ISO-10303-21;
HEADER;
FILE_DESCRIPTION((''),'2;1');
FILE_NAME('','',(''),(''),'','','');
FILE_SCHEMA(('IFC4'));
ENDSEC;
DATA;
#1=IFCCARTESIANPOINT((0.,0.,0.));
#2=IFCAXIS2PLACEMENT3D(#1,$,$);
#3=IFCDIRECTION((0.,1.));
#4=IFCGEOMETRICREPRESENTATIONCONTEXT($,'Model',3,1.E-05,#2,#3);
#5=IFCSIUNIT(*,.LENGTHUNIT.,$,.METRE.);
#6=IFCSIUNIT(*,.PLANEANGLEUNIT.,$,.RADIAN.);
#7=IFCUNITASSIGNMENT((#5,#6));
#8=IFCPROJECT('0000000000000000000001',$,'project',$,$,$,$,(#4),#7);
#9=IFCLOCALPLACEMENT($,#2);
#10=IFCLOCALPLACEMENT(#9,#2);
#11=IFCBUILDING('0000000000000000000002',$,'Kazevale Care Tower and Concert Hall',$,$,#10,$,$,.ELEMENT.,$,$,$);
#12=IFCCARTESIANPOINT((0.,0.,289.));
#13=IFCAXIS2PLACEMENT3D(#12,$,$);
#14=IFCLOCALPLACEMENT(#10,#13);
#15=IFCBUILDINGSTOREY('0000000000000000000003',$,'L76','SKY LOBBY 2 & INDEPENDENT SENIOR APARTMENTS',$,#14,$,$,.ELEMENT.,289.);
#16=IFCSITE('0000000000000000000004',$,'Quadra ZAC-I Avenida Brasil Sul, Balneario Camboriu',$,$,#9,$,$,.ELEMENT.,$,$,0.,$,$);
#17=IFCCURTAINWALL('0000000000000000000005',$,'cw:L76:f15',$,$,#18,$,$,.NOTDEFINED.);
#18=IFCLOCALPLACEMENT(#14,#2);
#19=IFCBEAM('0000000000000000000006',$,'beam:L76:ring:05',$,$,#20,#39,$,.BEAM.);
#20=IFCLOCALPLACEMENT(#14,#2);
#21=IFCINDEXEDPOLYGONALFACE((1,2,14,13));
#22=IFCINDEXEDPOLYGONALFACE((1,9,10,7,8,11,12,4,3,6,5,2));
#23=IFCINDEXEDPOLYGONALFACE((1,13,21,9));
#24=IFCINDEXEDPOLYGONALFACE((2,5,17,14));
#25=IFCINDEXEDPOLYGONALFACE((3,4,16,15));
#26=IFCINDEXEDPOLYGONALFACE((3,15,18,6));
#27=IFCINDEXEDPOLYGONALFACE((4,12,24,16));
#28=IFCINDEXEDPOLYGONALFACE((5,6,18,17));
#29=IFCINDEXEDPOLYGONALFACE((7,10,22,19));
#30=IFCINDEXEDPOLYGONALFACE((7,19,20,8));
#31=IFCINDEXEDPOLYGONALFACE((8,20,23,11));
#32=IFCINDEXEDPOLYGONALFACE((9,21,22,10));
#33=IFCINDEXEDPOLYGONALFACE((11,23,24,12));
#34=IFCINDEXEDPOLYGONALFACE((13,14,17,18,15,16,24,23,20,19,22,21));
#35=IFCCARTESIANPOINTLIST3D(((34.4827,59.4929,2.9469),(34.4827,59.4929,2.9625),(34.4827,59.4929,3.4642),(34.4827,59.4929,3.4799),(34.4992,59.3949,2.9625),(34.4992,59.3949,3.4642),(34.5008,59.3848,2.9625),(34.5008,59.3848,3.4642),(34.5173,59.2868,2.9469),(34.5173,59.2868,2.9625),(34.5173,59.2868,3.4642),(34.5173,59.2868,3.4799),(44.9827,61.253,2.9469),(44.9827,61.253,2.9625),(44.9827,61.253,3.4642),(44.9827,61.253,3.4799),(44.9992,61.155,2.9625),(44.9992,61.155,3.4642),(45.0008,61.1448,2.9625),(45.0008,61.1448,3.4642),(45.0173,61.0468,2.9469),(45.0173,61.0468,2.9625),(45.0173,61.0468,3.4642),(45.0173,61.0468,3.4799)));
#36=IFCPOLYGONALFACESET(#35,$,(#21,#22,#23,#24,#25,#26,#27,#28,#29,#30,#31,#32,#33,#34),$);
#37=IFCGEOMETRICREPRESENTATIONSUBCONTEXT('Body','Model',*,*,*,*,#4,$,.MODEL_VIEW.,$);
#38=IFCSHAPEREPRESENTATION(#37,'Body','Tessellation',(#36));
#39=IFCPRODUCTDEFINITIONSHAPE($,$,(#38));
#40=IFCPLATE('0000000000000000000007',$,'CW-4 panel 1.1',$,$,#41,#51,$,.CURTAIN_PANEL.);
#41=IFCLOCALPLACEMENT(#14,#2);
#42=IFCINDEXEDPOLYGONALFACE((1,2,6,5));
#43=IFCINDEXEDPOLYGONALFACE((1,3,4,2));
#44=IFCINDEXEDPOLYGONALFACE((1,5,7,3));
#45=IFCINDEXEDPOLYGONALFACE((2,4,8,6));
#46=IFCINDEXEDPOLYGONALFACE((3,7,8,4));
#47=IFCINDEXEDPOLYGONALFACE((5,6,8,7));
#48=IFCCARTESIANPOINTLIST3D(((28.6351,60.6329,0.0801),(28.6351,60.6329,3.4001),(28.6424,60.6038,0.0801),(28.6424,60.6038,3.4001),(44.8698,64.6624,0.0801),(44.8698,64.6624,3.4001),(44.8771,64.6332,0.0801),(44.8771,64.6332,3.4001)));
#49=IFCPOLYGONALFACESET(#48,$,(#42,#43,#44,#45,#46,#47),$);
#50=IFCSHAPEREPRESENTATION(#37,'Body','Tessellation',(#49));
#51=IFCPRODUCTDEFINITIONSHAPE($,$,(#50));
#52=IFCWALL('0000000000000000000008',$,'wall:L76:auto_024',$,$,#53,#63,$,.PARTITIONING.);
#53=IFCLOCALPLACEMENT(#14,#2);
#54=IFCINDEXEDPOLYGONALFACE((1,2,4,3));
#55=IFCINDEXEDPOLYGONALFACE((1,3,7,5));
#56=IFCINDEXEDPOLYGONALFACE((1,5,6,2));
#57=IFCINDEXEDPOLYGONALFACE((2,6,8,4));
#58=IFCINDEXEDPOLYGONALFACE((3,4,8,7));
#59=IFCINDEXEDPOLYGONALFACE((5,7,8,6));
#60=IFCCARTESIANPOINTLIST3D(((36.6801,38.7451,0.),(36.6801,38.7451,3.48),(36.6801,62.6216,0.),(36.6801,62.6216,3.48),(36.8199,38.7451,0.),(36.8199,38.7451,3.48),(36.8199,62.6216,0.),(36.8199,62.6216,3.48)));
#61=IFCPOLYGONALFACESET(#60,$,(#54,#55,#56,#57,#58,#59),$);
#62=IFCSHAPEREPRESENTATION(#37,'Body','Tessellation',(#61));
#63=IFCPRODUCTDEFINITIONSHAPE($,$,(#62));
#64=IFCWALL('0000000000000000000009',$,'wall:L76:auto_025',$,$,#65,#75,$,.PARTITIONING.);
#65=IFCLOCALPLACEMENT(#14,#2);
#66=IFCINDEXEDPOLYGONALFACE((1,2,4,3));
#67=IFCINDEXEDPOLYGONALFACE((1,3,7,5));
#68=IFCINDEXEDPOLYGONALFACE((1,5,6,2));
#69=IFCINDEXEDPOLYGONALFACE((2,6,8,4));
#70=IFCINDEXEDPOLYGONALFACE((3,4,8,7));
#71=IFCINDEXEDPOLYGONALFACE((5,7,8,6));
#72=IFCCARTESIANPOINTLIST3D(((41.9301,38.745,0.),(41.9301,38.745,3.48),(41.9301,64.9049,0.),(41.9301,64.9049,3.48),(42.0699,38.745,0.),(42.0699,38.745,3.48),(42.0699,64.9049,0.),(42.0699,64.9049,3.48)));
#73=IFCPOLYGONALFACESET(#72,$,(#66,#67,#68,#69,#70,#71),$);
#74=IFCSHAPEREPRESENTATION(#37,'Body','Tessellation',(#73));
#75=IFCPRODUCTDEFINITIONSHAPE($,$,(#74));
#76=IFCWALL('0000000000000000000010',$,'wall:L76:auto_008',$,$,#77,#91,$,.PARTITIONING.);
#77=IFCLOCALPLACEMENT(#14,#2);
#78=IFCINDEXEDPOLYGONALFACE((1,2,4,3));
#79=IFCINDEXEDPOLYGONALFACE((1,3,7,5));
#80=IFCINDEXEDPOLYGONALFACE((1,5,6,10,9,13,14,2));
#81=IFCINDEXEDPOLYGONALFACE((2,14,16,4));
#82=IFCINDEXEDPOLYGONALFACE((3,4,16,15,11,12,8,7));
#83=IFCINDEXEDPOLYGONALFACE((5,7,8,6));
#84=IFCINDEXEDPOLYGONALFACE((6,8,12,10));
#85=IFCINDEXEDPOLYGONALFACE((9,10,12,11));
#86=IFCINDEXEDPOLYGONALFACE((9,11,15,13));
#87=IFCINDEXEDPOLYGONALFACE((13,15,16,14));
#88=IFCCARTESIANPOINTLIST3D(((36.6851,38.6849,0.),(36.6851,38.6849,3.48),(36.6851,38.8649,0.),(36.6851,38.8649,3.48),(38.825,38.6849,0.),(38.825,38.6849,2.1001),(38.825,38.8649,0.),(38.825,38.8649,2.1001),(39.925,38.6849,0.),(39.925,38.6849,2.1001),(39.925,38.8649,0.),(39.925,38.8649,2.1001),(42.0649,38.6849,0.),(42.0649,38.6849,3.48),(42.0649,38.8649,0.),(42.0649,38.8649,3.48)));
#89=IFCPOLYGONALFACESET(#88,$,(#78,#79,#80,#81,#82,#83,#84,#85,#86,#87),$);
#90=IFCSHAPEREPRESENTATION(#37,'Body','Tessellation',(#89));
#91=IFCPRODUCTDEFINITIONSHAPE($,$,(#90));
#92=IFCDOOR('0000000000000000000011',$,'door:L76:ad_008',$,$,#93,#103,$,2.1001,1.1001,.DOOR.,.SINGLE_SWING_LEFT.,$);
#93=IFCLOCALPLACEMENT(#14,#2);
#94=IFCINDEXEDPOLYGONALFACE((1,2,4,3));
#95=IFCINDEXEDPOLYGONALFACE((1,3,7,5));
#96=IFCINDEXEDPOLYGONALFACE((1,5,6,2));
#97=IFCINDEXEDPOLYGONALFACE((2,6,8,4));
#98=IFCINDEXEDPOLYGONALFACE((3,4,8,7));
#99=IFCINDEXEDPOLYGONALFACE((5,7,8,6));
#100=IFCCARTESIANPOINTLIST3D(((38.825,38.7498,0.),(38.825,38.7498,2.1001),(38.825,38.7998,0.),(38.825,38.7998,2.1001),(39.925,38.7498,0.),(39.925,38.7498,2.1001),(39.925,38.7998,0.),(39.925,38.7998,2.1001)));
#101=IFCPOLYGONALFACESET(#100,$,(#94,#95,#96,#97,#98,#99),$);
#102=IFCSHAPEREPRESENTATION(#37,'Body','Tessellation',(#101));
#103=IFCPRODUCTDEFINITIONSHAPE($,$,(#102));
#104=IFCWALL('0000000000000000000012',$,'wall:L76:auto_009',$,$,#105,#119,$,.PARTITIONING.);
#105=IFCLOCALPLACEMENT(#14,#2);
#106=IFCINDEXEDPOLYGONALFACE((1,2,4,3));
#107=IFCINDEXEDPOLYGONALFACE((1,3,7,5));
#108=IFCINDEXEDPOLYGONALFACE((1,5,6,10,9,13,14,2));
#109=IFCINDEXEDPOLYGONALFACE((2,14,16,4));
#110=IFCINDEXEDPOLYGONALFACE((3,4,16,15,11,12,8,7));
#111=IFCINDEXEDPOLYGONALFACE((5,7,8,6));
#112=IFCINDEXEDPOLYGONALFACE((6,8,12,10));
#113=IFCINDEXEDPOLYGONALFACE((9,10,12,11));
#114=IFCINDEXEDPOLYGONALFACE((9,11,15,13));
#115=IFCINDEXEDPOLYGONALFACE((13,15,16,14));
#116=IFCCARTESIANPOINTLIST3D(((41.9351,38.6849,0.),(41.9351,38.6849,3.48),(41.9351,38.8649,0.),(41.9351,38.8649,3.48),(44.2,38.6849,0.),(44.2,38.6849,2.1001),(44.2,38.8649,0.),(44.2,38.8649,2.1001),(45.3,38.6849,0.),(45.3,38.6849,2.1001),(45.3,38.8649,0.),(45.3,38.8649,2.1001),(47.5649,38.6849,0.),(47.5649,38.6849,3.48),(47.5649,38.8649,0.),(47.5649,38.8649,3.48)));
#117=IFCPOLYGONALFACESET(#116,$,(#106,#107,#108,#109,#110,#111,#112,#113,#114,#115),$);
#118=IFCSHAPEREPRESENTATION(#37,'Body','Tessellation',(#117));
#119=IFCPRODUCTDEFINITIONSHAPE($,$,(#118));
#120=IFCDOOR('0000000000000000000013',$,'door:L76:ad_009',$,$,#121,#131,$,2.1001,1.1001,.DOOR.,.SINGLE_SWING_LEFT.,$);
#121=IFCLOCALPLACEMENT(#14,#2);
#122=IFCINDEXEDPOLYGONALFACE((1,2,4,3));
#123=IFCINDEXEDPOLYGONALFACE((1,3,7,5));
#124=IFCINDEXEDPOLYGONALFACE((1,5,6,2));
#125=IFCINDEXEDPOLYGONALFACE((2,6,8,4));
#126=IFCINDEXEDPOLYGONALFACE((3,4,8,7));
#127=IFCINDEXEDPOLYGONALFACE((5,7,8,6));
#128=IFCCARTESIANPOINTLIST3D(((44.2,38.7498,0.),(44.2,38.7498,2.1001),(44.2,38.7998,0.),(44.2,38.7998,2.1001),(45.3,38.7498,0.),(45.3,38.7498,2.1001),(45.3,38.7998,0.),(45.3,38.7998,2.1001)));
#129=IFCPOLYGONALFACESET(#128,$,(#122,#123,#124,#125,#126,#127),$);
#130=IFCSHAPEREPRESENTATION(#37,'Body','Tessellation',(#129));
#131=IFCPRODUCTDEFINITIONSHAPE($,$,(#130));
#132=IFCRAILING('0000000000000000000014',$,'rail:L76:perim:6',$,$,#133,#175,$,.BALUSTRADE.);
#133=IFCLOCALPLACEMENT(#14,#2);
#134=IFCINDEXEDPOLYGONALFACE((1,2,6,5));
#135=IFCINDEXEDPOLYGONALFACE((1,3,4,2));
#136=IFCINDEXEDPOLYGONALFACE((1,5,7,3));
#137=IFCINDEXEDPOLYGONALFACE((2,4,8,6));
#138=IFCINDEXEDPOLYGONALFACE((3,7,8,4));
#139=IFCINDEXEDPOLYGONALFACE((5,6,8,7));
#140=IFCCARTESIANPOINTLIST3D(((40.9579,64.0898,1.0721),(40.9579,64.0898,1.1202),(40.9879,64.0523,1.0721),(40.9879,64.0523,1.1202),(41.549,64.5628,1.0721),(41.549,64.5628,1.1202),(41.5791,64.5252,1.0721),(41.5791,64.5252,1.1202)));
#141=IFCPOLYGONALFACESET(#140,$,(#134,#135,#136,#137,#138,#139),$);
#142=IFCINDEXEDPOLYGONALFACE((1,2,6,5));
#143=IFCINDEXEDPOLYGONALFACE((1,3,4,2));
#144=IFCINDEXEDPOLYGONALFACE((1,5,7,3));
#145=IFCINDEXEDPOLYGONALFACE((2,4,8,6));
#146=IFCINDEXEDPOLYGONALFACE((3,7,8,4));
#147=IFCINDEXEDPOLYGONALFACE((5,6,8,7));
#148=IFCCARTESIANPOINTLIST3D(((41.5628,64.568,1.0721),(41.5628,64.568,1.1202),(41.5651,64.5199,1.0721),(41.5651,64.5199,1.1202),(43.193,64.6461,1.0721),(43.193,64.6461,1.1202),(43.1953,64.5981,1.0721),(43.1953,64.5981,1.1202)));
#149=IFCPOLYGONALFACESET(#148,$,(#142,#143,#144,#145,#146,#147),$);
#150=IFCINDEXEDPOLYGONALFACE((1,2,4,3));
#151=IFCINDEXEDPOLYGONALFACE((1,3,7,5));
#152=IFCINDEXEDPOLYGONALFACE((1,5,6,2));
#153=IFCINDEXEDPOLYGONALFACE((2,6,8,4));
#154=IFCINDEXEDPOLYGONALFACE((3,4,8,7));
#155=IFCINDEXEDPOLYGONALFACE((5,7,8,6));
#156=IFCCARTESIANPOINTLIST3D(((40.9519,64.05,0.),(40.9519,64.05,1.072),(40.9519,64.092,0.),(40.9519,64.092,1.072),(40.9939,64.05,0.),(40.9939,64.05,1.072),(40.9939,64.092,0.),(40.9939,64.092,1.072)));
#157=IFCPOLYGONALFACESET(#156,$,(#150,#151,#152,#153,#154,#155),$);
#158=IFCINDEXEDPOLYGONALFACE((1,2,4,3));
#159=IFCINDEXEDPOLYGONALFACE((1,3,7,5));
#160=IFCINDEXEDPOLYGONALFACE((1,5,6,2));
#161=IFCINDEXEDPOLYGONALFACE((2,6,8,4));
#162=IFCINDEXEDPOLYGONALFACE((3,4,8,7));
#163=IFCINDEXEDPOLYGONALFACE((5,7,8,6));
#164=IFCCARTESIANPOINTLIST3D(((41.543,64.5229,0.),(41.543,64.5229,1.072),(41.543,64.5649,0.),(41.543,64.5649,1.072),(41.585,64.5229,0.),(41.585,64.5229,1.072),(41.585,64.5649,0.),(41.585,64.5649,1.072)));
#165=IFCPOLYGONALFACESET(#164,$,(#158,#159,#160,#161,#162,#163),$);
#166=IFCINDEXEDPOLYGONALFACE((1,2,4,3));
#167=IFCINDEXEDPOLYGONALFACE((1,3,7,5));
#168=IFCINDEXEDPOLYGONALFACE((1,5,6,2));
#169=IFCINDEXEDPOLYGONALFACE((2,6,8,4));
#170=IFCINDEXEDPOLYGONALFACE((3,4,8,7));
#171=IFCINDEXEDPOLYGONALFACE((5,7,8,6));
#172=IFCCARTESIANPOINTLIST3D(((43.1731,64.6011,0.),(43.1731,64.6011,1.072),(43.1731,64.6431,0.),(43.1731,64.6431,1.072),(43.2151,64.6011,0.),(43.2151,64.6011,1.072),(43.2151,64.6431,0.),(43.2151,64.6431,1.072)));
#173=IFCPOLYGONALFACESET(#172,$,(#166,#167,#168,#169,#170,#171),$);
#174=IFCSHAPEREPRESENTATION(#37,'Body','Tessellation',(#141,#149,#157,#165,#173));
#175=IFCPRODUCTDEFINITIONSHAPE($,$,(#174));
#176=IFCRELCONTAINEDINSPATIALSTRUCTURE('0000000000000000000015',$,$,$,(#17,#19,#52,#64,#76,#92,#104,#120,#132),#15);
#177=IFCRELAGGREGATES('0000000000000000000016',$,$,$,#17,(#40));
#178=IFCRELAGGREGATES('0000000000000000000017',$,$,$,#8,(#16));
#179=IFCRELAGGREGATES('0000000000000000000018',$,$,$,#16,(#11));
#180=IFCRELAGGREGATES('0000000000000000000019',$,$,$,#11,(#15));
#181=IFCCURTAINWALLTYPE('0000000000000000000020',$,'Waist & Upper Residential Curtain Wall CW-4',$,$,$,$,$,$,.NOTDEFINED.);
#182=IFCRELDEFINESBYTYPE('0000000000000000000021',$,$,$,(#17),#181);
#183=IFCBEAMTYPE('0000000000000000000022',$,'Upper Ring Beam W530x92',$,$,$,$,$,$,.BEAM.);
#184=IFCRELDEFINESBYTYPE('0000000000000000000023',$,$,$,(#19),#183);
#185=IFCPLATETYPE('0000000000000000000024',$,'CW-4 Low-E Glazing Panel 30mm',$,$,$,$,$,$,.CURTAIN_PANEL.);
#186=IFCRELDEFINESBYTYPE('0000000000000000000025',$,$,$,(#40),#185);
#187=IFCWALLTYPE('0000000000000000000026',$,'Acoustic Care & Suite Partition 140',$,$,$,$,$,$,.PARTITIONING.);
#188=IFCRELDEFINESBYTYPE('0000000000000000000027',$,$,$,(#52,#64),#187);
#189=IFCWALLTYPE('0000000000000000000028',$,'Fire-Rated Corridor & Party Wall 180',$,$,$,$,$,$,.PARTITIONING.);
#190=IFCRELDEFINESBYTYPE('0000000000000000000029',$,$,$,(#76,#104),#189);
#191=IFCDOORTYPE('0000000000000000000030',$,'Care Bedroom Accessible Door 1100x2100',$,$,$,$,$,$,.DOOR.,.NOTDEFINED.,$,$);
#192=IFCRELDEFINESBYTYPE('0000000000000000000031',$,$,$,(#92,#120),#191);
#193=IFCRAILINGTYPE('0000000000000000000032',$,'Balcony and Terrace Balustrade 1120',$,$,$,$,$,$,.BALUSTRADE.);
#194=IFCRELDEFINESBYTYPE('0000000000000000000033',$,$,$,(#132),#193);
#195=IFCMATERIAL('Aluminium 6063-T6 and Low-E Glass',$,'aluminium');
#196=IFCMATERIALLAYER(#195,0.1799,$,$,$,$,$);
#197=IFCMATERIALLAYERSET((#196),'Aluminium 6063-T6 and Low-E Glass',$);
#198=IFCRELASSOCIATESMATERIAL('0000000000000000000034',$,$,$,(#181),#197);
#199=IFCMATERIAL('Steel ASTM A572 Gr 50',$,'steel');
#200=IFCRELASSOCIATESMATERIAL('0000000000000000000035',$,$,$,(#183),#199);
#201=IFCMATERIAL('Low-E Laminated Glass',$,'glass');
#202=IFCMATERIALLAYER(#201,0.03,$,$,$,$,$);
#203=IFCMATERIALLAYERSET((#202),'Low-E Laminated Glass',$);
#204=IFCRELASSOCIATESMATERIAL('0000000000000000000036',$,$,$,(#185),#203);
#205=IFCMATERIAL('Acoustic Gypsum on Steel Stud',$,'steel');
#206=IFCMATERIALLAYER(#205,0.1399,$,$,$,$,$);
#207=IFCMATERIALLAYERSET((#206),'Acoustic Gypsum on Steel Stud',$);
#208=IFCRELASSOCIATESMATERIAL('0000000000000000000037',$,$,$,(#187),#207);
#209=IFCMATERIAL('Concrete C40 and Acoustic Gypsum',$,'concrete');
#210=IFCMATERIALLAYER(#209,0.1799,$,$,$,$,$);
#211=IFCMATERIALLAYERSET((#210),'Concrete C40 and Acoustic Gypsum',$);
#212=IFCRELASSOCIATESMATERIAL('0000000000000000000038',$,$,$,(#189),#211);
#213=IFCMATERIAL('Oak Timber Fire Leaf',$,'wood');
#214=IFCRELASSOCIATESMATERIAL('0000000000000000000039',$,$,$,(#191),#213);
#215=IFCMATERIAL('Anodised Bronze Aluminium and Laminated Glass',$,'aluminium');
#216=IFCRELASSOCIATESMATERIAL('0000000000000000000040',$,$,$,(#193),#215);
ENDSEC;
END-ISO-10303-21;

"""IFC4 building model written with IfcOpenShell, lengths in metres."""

from ifc_helpers import new_model, si_unit, direction, frame, frame_2d, origin, origin_2d, place, context, subcontext, project, spatial, rectangle, i_section, extrude, material, layer, layer_set, material_profile, profile_set, type_object, element, fill, aggregate, save


model = new_model("IFC4")

# Units and contexts
model_context = context("Model", 3, precision=1e-05, world=origin(), true_north=direction((0.0, 1.0)))
body_context = subcontext(model_context, "Body", "Model", "MODEL_VIEW")
ifc_project = project(units=[si_unit("LENGTHUNIT", "METRE"), si_unit("PLANEANGLEUNIT", "RADIAN")], contexts=[model_context])

# Site, building, storey
site_placement = place(None, origin())
site = spatial("IfcSite", under=ifc_project, at=site_placement, Name="Quadra ZAC-I Avenida Brasil Sul, Balneario Camboriu", CompositionType="ELEMENT", RefElevation=0.0)
building_placement = place(site_placement, origin())
building = spatial("IfcBuilding", under=site, at=building_placement, Name="Kazevale Care Tower and Concert Hall", CompositionType="ELEMENT")
storey_placement = place(building_placement, frame((0.0, 0.0, 289.0)))
storey = spatial("IfcBuildingStorey", under=building, at=storey_placement, Name="L76", Description="SKY LOBBY 2 & INDEPENDENT SENIOR APARTMENTS", CompositionType="ELEMENT", Elevation=289.0)

# Shared definitions
ifc_material_1 = material(Name="Aluminium 6063-T6 and Low-E Glass", Category="aluminium")

# Curtain wall
ifc_layer_1 = layer(ifc_material_1, 0.1799)
ifc_layer_set_1 = layer_set([ifc_layer_1], Name="Aluminium 6063-T6 and Low-E Glass")
curtain_wall_type_1 = type_object("IfcCurtainWallType", Name="Waist & Upper Residential Curtain Wall CW-4", PredefinedType="NOTDEFINED", material=ifc_layer_set_1)
curtain_wall_1_placement = place(storey_placement, origin())
curtain_wall_1 = element("IfcCurtainWall", 1, at=curtain_wall_1_placement, inside=storey, type_object=curtain_wall_type_1, Name="cw:L76:f15", PredefinedType="NOTDEFINED")

# Beam
ifc_material_2 = material(Name="Steel ASTM A572 Gr 50", Category="steel")
ifc_material_profile_1 = material_profile(ifc_material_2, i_section(OverallWidth=0.209, OverallDepth=0.533, WebThickness=0.0103, FlangeThickness=0.0156, at=origin_2d()), Name="W530x92")
ifc_profile_set_1 = profile_set([ifc_material_profile_1], Name="Steel ASTM A572 Gr 50")
beam_type_1 = type_object("IfcBeamType", Name="Upper Ring Beam W530x92", PredefinedType="BEAM", material=ifc_profile_set_1)
beam_1_placement = place(storey_placement, frame((45.0, 61.1499, 3.2134), z_axis=(-0.986241, -0.165314, 0.0), x_axis=(0.165314, -0.986241, 0.0)))
element("IfcBeam", 2, at=beam_1_placement, inside=storey, type_object=beam_type_1, Name="beam:L76:ring:05", PredefinedType="BEAM", context=body_context, shape_type="SweptSolid", body=[
    extrude(i_section(OverallWidth=0.209, OverallDepth=0.533, WebThickness=0.0103, FlangeThickness=0.0156, at=origin_2d()), origin(), (0.0, 0.0, 1.0), 10.6465),
])

# Plate
ifc_material_3 = material(Name="Low-E Laminated Glass", Category="glass")
ifc_layer_2 = layer(ifc_material_3, 0.03)
ifc_layer_set_2 = layer_set([ifc_layer_2], Name="Low-E Laminated Glass")
plate_type = type_object("IfcPlateType", Name="CW-4 Low-E Glazing Panel 30mm", PredefinedType="CURTAIN_PANEL", material=ifc_layer_set_2)
plate_placement = place(storey_placement, frame((36.7561, 62.6331, 0.0801), z_axis=(0.0, 0.0, 1.0), x_axis=(0.970552, 0.240891, 0.0)))
plate = element("IfcPlate", 3, at=plate_placement, type_object=plate_type, Name="CW-4 panel 1.1", PredefinedType="CURTAIN_PANEL", context=body_context, shape_type="SweptSolid", body=[
    extrude(rectangle(XDim=16.7273, YDim=0.03, at=origin_2d()), origin(), (0.0, 0.0, 1.0), 3.3201),
])
aggregate(curtain_wall_1, [plate])

# Walls
ifc_material_4 = material(Name="Acoustic Gypsum on Steel Stud", Category="steel")
ifc_layer_3 = layer(ifc_material_4, 0.1399)
ifc_layer_set_3 = layer_set([ifc_layer_3], Name="Acoustic Gypsum on Steel Stud")
wall_type_1 = type_object("IfcWallType", Name="Acoustic Care & Suite Partition 140", PredefinedType="PARTITIONING", material=ifc_layer_set_3)
wall_1_placement = place(storey_placement, frame((36.75, 62.6216, 0.0), z_axis=(0.0, 0.0, 1.0), x_axis=(0.0, -1.0, 0.0)))
element("IfcWall", 4, at=wall_1_placement, inside=storey, type_object=wall_type_1, Name="wall:L76:auto_024", PredefinedType="PARTITIONING", context=body_context, shape_type="SweptSolid", body=[
    extrude(rectangle(XDim=23.8765, YDim=0.1399, at=frame_2d((11.9382, 0.0))), origin(), (0.0, 0.0, 1.0), 3.48),
])
wall_2_placement = place(storey_placement, frame((42.0, 64.905, 0.0), z_axis=(0.0, 0.0, 1.0), x_axis=(0.0, -1.0, 0.0)))
element("IfcWall", 5, at=wall_2_placement, inside=storey, type_object=wall_type_1, Name="wall:L76:auto_025", PredefinedType="PARTITIONING", context=body_context, shape_type="SweptSolid", body=[
    extrude(rectangle(XDim=26.1599, YDim=0.1399, at=frame_2d((13.0801, 0.0))), origin(), (0.0, 0.0, 1.0), 3.48),
])

# Walls, openings, doors
ifc_material_5 = material(Name="Concrete C40 and Acoustic Gypsum", Category="concrete")
ifc_layer_4 = layer(ifc_material_5, 0.1799)
ifc_layer_set_4 = layer_set([ifc_layer_4], Name="Concrete C40 and Acoustic Gypsum")
wall_type_2 = type_object("IfcWallType", Name="Fire-Rated Corridor & Party Wall 180", PredefinedType="PARTITIONING", material=ifc_layer_set_4)
wall_3_placement = place(storey_placement, frame((36.6851, 38.7749, 0.0), z_axis=(0.0, 0.0, 1.0), x_axis=(1.0, 0.0, 0.0)))
wall_3 = element("IfcWall", 6, at=wall_3_placement, inside=storey, type_object=wall_type_2, Name="wall:L76:auto_008", PredefinedType="PARTITIONING", context=body_context, shape_type="SweptSolid", body=[
    extrude(rectangle(XDim=5.3799, YDim=0.1799, at=frame_2d((2.6899, 0.0))), origin(), (0.0, 0.0, 1.0), 3.48),
])
opening_1_placement = place(wall_3_placement, frame((2.1399, 0.0, 0.0)))
opening_1 = element("IfcOpeningElement", 7, at=opening_1_placement, cuts=wall_3, PredefinedType="OPENING", context=body_context, shape_type="SweptSolid", body=[
    extrude(rectangle(XDim=1.1001, YDim=2.1001, at=frame_2d((0.55, 1.05))), frame((0.0, 0.0999, 0.0), z_axis=(0.0, -1.0, 0.0), x_axis=(1.0, 0.0, 0.0)), (0.0, 0.0, 1.0), 0.2),
])
ifc_material_6 = material(Name="Oak Timber Fire Leaf", Category="wood")
door_type = type_object("IfcDoorType", Name="Care Bedroom Accessible Door 1100x2100", OperationType="NOTDEFINED", PredefinedType="DOOR", material=ifc_material_6)
door_1_placement = place(opening_1_placement, origin())
door_1 = element("IfcDoor", 8, at=door_1_placement, inside=storey, type_object=door_type, Name="door:L76:ad_008", OperationType="SINGLE_SWING_LEFT", OverallHeight=2.1001, OverallWidth=1.1001, PredefinedType="DOOR", context=body_context, shape_type="SweptSolid", body=[
    extrude(rectangle(XDim=1.1001, YDim=2.1001, at=frame_2d((0.55, 1.05))), frame((0.0, 0.0249, 0.0), z_axis=(0.0, -1.0, 0.0), x_axis=(1.0, 0.0, 0.0)), (0.0, 0.0, 1.0), 0.05),
])
fill(opening_1, door_1)
wall_4_placement = place(storey_placement, frame((41.9351, 38.7749, 0.0), z_axis=(0.0, 0.0, 1.0), x_axis=(1.0, 0.0, 0.0)))
wall_4 = element("IfcWall", 9, at=wall_4_placement, inside=storey, type_object=wall_type_2, Name="wall:L76:auto_009", PredefinedType="PARTITIONING", context=body_context, shape_type="SweptSolid", body=[
    extrude(rectangle(XDim=5.6299, YDim=0.1799, at=frame_2d((2.8149, 0.0))), origin(), (0.0, 0.0, 1.0), 3.48),
])
opening_2_placement = place(wall_4_placement, frame((2.2649, 0.0, 0.0)))
opening_2 = element("IfcOpeningElement", 10, at=opening_2_placement, cuts=wall_4, PredefinedType="OPENING", context=body_context, shape_type="SweptSolid", body=[
    extrude(rectangle(XDim=1.1001, YDim=2.1001, at=frame_2d((0.55, 1.05))), frame((0.0, 0.0999, 0.0), z_axis=(0.0, -1.0, 0.0), x_axis=(1.0, 0.0, 0.0)), (0.0, 0.0, 1.0), 0.2),
])
door_2_placement = place(opening_2_placement, origin())
door_2 = element("IfcDoor", 11, at=door_2_placement, inside=storey, type_object=door_type, Name="door:L76:ad_009", OperationType="SINGLE_SWING_LEFT", OverallHeight=2.1001, OverallWidth=1.1001, PredefinedType="DOOR", context=body_context, shape_type="SweptSolid", body=[
    extrude(rectangle(XDim=1.1001, YDim=2.1001, at=frame_2d((0.55, 1.05))), frame((0.0, 0.0249, 0.0), z_axis=(0.0, -1.0, 0.0), x_axis=(1.0, 0.0, 0.0)), (0.0, 0.0, 1.0), 0.05),
])
fill(opening_2, door_2)

# Railing
ifc_material_7 = material(Name="Anodised Bronze Aluminium and Laminated Glass", Category="aluminium")
railing_type = type_object("IfcRailingType", Name="Balcony and Terrace Balustrade 1120", PredefinedType="BALUSTRADE", material=ifc_material_7)
railing_1_placement = place(storey_placement, frame((40.9729, 64.071, 0.0)))
element("IfcRailing", 12, at=railing_1_placement, inside=storey, type_object=railing_type, Name="rail:L76:perim:6", PredefinedType="BALUSTRADE", context=body_context, shape_type="SweptSolid", body=[
    extrude(rectangle(XDim=0.0481, YDim=0.0481, at=origin_2d()), frame((0.0, 0.0, 1.0962), z_axis=(0.780837, 0.624734, 0.0), x_axis=(-0.624734, 0.780837, 0.0)), (0.0, 0.0, 1.0), 0.7571),
    extrude(rectangle(XDim=0.0481, YDim=0.0481, at=origin_2d()), frame((0.5911, 0.4729, 1.0962), z_axis=(0.998854, 0.047871, 0.0), x_axis=(-0.047871, 0.998854, 0.0)), (0.0, 0.0, 1.0), 1.6321),
    extrude(rectangle(XDim=0.042, YDim=0.042, at=origin_2d()), origin(), (0.0, 0.0, 1.0), 1.072),
    extrude(rectangle(XDim=0.042, YDim=0.042, at=origin_2d()), frame((0.5911, 0.4729, 0.0)), (0.0, 0.0, 1.0), 1.072),
    extrude(rectangle(XDim=0.042, YDim=0.042, at=origin_2d()), frame((2.2212, 0.551, 0.0)), (0.0, 0.0, 1.0), 1.072),
])

save(model, "model.ifc")
